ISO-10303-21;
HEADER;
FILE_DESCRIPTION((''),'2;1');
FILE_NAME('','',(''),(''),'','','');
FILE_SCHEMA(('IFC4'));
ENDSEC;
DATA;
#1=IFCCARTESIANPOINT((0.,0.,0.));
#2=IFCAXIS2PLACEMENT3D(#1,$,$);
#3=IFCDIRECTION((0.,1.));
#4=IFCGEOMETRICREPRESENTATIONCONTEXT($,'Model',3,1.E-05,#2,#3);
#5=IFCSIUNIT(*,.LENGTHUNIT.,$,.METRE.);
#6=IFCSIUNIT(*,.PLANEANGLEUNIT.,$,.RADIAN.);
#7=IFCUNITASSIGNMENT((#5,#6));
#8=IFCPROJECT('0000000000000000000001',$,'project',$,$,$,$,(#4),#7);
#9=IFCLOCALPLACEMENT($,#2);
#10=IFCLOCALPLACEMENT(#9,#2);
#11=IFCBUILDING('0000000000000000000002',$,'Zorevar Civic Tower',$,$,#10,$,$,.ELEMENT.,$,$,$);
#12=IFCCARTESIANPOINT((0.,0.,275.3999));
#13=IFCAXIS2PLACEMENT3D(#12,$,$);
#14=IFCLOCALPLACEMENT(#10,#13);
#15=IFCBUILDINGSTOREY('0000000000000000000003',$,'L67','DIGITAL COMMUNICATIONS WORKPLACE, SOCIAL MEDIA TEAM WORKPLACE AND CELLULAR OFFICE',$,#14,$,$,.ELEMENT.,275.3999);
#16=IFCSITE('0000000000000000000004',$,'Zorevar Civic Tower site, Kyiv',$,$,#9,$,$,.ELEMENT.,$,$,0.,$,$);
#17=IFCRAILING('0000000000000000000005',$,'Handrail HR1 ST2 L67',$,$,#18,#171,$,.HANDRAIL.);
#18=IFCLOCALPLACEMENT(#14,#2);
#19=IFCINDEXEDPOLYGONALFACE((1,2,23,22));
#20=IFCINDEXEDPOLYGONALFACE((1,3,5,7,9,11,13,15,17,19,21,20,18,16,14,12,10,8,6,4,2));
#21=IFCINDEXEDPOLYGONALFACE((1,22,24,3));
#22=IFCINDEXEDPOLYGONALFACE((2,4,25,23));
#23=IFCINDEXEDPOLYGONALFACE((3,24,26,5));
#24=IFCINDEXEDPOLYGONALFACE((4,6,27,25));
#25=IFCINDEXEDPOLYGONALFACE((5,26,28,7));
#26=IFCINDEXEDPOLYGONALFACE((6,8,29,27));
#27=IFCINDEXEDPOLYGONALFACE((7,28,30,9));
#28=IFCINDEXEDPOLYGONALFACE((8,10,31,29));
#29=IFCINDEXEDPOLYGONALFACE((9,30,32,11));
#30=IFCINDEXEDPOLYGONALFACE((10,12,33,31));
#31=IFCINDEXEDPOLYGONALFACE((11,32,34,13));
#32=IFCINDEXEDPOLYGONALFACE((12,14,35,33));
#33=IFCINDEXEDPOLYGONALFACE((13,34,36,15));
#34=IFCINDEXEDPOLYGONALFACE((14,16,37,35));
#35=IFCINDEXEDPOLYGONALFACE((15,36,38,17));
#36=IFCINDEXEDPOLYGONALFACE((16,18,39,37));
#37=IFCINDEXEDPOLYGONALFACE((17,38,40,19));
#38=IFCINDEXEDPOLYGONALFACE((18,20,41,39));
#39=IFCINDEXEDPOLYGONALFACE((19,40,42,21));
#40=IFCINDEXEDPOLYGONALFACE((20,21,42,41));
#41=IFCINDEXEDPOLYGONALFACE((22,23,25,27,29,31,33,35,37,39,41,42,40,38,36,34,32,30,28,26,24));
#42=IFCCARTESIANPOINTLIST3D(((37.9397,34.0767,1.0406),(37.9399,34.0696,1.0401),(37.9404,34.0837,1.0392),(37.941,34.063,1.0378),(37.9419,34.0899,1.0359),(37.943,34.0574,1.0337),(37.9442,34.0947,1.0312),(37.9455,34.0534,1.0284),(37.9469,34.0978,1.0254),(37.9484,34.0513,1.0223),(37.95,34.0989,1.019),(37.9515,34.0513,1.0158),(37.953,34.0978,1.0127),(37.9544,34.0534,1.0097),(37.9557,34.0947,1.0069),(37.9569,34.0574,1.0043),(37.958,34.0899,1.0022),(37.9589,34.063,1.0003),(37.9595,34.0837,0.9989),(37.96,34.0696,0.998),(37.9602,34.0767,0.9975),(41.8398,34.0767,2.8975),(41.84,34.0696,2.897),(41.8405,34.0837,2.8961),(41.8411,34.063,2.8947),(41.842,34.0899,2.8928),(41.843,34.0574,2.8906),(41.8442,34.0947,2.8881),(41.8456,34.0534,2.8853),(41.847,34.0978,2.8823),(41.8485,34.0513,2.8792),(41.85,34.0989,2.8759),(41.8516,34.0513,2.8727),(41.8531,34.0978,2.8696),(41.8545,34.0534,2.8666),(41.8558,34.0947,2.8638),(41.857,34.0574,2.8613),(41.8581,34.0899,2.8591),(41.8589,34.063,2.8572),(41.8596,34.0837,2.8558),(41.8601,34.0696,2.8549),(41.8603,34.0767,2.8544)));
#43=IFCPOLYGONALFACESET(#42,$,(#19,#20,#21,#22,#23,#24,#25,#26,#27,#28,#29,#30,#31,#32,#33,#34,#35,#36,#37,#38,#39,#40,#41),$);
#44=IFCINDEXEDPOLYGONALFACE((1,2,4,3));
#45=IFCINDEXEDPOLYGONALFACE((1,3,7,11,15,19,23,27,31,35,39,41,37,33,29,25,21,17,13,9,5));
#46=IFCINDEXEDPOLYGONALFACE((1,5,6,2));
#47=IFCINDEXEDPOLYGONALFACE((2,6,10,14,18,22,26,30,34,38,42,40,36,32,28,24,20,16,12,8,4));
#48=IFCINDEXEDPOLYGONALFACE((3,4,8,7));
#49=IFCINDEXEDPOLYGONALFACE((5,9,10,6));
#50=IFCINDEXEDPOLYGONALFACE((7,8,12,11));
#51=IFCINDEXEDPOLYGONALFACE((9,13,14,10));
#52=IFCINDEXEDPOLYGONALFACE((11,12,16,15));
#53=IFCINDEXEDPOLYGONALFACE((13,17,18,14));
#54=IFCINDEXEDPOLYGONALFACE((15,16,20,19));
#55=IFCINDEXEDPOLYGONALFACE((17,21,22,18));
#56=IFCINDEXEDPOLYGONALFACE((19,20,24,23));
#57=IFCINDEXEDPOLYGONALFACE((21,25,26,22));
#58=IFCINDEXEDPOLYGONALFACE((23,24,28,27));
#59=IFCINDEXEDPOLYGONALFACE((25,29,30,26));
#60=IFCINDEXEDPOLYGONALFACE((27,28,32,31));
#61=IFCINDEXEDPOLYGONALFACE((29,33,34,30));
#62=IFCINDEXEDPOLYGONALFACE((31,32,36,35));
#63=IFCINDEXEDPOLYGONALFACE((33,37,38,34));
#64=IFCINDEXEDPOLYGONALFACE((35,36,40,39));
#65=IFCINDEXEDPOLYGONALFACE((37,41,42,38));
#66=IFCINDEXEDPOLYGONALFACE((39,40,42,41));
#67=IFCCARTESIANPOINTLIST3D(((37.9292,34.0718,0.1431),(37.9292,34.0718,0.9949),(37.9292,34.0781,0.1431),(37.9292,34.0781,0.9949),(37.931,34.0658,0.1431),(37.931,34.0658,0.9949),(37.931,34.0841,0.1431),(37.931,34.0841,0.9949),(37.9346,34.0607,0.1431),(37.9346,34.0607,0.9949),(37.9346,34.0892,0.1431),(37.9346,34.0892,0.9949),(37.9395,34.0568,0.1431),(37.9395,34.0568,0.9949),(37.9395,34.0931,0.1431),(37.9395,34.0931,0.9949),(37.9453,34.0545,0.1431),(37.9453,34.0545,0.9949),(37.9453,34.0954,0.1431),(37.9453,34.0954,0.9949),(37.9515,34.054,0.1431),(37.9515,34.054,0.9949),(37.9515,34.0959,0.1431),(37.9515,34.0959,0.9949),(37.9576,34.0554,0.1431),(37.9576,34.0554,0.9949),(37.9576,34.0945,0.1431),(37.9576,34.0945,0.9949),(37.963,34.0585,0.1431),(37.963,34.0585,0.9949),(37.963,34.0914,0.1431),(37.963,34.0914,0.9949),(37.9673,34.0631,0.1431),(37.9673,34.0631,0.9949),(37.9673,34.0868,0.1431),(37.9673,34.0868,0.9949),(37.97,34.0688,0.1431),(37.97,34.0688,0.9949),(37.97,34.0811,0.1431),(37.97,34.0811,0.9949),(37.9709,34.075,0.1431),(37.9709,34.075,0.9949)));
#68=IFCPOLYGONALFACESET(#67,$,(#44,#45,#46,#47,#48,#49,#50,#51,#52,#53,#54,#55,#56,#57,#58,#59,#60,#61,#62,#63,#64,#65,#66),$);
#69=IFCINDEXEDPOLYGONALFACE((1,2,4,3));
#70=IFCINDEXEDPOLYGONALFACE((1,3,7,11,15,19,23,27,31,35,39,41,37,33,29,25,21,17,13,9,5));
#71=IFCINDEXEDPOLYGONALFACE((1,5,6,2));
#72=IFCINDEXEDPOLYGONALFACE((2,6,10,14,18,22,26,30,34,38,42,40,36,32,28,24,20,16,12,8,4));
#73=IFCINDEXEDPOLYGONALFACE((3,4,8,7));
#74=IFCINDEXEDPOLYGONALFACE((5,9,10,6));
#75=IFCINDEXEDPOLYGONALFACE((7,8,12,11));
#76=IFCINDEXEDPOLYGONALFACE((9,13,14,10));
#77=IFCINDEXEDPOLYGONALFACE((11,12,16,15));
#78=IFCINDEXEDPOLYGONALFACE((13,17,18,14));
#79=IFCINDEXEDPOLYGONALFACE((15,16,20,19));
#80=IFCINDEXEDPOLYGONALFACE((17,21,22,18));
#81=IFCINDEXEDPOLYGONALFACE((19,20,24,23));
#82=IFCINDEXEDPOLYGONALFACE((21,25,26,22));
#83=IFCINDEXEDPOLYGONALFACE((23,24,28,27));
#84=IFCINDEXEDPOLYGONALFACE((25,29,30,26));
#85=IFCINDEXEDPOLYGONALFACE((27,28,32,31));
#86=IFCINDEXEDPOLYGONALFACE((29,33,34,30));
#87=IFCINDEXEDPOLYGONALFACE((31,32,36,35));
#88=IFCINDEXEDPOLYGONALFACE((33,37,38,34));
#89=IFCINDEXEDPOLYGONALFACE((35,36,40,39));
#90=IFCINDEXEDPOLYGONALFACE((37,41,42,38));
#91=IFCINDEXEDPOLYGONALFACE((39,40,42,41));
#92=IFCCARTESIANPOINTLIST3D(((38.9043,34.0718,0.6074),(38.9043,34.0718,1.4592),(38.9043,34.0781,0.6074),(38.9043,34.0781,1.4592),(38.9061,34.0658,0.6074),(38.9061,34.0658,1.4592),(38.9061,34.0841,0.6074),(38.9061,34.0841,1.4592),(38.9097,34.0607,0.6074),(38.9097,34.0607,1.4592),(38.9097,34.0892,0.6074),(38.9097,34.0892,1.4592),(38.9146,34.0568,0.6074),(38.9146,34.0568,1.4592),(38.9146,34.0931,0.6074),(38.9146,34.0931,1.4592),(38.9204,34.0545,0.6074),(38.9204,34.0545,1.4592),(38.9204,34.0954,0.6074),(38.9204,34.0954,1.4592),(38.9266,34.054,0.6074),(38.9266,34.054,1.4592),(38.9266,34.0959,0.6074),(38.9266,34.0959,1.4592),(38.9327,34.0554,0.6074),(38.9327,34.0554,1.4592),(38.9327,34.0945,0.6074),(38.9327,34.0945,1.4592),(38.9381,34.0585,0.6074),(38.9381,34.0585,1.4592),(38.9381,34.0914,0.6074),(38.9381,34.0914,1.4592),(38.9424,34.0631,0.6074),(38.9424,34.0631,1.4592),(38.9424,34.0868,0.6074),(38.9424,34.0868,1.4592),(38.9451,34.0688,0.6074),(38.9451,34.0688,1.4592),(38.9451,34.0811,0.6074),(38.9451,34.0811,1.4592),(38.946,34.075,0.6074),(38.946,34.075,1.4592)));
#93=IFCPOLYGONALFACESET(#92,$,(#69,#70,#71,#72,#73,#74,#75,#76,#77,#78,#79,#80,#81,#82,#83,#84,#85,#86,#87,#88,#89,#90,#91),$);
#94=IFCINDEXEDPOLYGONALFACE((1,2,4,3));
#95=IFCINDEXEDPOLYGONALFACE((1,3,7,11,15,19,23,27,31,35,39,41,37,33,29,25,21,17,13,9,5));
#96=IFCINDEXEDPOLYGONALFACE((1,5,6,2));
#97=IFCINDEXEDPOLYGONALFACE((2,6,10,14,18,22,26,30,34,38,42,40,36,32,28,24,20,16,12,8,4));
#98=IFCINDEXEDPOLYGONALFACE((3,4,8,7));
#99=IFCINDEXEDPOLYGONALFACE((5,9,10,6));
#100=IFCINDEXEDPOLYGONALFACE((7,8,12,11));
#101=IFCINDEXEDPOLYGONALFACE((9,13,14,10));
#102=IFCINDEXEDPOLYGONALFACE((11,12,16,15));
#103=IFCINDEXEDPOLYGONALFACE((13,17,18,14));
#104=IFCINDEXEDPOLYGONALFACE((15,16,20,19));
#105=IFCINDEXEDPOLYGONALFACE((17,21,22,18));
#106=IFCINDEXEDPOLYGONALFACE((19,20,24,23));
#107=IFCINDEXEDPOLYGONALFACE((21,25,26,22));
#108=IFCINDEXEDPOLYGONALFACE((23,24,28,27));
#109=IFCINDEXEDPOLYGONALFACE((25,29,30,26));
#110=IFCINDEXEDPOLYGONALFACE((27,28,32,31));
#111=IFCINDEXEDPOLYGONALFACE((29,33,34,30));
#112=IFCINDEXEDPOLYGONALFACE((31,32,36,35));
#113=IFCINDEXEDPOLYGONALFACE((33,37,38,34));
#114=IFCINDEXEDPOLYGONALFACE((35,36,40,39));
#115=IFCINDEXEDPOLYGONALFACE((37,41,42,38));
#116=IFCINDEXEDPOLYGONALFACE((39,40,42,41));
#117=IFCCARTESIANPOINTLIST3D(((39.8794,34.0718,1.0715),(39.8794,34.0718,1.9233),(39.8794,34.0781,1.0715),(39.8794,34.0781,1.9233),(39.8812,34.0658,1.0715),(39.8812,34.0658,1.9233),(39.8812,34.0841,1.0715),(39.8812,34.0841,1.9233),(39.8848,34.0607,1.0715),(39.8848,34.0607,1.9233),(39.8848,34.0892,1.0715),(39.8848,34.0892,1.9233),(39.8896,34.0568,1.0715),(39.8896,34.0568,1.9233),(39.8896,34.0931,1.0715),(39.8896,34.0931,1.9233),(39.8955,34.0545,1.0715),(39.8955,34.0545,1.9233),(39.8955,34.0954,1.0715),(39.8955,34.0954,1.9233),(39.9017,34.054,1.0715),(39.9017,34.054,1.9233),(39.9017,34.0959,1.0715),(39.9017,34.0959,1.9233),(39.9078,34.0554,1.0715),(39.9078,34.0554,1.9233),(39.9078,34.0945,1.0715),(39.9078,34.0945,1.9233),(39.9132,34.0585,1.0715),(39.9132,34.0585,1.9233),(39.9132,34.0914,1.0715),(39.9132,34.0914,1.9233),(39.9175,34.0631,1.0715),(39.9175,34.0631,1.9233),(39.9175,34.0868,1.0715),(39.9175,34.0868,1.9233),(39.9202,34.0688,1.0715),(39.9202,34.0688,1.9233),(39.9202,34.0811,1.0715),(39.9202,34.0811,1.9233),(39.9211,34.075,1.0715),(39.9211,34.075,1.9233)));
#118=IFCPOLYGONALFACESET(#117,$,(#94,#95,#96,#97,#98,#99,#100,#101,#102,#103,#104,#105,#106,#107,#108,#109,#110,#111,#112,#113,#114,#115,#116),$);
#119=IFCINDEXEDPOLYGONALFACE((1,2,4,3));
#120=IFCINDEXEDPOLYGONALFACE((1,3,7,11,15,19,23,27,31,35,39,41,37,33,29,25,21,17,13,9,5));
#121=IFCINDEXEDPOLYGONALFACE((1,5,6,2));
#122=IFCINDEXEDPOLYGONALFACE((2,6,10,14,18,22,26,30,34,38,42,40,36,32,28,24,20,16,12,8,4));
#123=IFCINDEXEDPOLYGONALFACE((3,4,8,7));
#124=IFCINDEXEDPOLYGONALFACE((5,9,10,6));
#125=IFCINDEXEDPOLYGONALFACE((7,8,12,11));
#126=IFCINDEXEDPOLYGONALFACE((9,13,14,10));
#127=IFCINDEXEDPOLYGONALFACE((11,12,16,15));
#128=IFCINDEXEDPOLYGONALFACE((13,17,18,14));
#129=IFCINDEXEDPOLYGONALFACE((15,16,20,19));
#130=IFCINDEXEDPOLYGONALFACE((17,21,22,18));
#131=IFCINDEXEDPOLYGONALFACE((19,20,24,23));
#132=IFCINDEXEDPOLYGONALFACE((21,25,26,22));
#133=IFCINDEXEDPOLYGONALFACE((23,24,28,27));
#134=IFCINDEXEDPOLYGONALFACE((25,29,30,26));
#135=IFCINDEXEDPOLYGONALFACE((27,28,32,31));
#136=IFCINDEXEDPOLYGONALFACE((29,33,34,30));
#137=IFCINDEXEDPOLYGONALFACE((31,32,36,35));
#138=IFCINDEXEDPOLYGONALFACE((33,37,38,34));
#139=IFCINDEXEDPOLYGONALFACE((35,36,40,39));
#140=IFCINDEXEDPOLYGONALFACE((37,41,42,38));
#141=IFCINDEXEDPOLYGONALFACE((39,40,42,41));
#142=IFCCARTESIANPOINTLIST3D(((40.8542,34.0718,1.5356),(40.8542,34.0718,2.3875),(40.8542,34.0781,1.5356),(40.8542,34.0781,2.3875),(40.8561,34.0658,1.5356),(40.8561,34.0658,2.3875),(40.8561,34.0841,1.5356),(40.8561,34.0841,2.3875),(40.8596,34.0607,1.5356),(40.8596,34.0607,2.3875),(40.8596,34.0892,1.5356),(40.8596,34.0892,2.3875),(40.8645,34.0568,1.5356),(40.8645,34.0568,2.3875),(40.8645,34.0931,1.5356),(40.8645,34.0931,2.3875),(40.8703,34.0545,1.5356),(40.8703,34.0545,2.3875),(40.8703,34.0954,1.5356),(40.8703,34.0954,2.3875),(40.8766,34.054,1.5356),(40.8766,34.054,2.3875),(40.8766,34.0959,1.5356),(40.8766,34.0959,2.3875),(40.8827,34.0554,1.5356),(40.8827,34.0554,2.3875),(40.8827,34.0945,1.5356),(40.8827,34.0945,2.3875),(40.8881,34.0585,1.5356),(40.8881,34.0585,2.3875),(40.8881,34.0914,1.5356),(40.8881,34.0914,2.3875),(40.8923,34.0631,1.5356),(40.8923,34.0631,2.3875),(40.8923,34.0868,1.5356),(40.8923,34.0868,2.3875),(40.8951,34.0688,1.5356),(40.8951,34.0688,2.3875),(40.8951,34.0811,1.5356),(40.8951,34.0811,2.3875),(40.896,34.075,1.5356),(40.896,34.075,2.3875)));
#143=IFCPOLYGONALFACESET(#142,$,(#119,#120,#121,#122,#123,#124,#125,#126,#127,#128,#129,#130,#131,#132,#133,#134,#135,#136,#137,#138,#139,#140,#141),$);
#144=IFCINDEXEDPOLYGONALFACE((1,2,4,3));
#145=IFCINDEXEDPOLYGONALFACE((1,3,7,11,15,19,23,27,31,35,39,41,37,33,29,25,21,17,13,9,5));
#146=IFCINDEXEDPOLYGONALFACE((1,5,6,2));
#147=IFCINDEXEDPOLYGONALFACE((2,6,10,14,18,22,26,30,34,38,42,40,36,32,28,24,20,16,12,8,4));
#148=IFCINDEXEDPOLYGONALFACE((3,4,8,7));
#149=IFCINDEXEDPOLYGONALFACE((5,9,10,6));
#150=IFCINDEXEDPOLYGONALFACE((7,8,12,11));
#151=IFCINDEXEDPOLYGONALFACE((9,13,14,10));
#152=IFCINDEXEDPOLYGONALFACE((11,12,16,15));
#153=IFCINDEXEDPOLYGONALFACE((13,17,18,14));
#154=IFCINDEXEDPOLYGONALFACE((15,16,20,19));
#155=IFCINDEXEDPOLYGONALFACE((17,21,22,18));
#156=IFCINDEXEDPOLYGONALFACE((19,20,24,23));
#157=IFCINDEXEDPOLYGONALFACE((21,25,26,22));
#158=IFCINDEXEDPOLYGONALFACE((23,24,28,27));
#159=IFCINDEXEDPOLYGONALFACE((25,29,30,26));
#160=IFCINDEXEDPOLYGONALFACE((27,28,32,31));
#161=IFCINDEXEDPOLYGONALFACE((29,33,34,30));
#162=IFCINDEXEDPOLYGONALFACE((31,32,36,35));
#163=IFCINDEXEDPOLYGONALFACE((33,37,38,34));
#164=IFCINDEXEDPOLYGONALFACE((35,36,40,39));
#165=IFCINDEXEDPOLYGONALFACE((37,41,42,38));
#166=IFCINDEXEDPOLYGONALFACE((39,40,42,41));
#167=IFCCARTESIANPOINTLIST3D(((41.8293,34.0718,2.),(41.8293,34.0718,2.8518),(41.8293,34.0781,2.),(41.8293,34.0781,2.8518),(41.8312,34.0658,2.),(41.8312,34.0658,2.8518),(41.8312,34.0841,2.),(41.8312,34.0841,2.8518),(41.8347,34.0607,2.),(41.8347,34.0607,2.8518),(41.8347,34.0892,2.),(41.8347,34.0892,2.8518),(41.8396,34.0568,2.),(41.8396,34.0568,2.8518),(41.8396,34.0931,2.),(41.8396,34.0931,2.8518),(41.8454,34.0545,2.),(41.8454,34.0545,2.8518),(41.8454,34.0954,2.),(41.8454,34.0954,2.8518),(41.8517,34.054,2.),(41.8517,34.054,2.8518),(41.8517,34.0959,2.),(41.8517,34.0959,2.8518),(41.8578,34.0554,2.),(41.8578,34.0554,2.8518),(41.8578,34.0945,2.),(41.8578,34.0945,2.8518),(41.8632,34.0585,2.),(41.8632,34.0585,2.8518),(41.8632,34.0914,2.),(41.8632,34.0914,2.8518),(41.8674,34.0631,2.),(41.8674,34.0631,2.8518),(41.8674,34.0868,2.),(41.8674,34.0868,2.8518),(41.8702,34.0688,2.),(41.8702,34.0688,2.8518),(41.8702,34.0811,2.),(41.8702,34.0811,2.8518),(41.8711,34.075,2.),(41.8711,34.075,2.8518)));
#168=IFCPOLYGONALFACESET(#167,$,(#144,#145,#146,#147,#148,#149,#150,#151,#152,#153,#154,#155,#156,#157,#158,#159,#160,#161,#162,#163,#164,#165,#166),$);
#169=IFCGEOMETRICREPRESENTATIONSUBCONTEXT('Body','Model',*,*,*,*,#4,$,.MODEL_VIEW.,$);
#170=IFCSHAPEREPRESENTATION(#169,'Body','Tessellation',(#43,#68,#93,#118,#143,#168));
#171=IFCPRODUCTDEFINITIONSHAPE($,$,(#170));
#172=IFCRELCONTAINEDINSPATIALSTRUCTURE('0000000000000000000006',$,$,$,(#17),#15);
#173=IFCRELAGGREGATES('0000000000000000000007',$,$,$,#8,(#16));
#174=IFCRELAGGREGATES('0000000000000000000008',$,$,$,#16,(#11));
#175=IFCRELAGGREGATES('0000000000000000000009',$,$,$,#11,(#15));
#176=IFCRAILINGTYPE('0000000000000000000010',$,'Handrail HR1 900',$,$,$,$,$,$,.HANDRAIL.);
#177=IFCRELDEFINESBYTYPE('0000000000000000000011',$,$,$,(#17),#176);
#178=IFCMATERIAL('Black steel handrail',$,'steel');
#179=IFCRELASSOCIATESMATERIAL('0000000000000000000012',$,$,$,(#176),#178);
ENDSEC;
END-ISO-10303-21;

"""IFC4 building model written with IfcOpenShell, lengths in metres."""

from ifc_helpers import new_model, si_unit, direction, frame, origin, origin_2d, place, context, subcontext, project, spatial, circle, extrude, material, type_object, element, save


model = new_model("IFC4")

# Units and contexts
model_context = context("Model", 3, precision=1e-05, world=origin(), true_north=direction((0.0, 1.0)))
body_context = subcontext(model_context, "Body", "Model", "MODEL_VIEW")
ifc_project = project(units=[si_unit("LENGTHUNIT", "METRE"), si_unit("PLANEANGLEUNIT", "RADIAN")], contexts=[model_context])

# Site, building, storey
site_placement = place(None, origin())
site = spatial("IfcSite", under=ifc_project, at=site_placement, Name="Zorevar Civic Tower site, Kyiv", CompositionType="ELEMENT", RefElevation=0.0)
building_placement = place(site_placement, origin())
building = spatial("IfcBuilding", under=site, at=building_placement, Name="Zorevar Civic Tower", CompositionType="ELEMENT")
storey_placement = place(building_placement, frame((0.0, 0.0, 275.3999)))
storey = spatial("IfcBuildingStorey", under=building, at=storey_placement, Name="L67", Description="DIGITAL COMMUNICATIONS WORKPLACE, SOCIAL MEDIA TEAM WORKPLACE AND CELLULAR OFFICE", CompositionType="ELEMENT", Elevation=275.3999)

# Railing
ifc_material_1 = material(Name="Black steel handrail", Category="steel")
railing_type = type_object("IfcRailingType", Name="Handrail HR1 900", PredefinedType="HANDRAIL", material=ifc_material_1)
railing_1_placement = place(storey_placement, frame((37.95, 34.075, 0.1431)))
element("IfcRailing", 1, at=railing_1_placement, inside=storey, type_object=railing_type, Name="Handrail HR1 ST2 L67", PredefinedType="HANDRAIL", context=body_context, shape_type="SweptSolid", body=[
    extrude(circle(Radius=0.0239, at=origin_2d()), frame((0.0, 0.0, 0.876), z_axis=(0.902886, 0.0, 0.429881), x_axis=(0.0, 1.0, 0.0)), (0.0, 0.0, 1.0), 4.3196),
    extrude(circle(Radius=0.021, at=origin_2d()), origin(), (0.0, 0.0, 1.0), 0.8518),
    extrude(circle(Radius=0.021, at=origin_2d()), frame((0.9751, 0.0, 0.4644)), (0.0, 0.0, 1.0), 0.8518),
    extrude(circle(Radius=0.021, at=origin_2d()), frame((1.9502, 0.0, 0.9285)), (0.0, 0.0, 1.0), 0.8518),
    extrude(circle(Radius=0.021, at=origin_2d()), frame((2.925, 0.0, 1.3926)), (0.0, 0.0, 1.0), 0.8518),
    extrude(circle(Radius=0.021, at=origin_2d()), frame((3.9001, 0.0, 1.8569)), (0.0, 0.0, 1.0), 0.8518),
])

save(model, "model.ifc")
